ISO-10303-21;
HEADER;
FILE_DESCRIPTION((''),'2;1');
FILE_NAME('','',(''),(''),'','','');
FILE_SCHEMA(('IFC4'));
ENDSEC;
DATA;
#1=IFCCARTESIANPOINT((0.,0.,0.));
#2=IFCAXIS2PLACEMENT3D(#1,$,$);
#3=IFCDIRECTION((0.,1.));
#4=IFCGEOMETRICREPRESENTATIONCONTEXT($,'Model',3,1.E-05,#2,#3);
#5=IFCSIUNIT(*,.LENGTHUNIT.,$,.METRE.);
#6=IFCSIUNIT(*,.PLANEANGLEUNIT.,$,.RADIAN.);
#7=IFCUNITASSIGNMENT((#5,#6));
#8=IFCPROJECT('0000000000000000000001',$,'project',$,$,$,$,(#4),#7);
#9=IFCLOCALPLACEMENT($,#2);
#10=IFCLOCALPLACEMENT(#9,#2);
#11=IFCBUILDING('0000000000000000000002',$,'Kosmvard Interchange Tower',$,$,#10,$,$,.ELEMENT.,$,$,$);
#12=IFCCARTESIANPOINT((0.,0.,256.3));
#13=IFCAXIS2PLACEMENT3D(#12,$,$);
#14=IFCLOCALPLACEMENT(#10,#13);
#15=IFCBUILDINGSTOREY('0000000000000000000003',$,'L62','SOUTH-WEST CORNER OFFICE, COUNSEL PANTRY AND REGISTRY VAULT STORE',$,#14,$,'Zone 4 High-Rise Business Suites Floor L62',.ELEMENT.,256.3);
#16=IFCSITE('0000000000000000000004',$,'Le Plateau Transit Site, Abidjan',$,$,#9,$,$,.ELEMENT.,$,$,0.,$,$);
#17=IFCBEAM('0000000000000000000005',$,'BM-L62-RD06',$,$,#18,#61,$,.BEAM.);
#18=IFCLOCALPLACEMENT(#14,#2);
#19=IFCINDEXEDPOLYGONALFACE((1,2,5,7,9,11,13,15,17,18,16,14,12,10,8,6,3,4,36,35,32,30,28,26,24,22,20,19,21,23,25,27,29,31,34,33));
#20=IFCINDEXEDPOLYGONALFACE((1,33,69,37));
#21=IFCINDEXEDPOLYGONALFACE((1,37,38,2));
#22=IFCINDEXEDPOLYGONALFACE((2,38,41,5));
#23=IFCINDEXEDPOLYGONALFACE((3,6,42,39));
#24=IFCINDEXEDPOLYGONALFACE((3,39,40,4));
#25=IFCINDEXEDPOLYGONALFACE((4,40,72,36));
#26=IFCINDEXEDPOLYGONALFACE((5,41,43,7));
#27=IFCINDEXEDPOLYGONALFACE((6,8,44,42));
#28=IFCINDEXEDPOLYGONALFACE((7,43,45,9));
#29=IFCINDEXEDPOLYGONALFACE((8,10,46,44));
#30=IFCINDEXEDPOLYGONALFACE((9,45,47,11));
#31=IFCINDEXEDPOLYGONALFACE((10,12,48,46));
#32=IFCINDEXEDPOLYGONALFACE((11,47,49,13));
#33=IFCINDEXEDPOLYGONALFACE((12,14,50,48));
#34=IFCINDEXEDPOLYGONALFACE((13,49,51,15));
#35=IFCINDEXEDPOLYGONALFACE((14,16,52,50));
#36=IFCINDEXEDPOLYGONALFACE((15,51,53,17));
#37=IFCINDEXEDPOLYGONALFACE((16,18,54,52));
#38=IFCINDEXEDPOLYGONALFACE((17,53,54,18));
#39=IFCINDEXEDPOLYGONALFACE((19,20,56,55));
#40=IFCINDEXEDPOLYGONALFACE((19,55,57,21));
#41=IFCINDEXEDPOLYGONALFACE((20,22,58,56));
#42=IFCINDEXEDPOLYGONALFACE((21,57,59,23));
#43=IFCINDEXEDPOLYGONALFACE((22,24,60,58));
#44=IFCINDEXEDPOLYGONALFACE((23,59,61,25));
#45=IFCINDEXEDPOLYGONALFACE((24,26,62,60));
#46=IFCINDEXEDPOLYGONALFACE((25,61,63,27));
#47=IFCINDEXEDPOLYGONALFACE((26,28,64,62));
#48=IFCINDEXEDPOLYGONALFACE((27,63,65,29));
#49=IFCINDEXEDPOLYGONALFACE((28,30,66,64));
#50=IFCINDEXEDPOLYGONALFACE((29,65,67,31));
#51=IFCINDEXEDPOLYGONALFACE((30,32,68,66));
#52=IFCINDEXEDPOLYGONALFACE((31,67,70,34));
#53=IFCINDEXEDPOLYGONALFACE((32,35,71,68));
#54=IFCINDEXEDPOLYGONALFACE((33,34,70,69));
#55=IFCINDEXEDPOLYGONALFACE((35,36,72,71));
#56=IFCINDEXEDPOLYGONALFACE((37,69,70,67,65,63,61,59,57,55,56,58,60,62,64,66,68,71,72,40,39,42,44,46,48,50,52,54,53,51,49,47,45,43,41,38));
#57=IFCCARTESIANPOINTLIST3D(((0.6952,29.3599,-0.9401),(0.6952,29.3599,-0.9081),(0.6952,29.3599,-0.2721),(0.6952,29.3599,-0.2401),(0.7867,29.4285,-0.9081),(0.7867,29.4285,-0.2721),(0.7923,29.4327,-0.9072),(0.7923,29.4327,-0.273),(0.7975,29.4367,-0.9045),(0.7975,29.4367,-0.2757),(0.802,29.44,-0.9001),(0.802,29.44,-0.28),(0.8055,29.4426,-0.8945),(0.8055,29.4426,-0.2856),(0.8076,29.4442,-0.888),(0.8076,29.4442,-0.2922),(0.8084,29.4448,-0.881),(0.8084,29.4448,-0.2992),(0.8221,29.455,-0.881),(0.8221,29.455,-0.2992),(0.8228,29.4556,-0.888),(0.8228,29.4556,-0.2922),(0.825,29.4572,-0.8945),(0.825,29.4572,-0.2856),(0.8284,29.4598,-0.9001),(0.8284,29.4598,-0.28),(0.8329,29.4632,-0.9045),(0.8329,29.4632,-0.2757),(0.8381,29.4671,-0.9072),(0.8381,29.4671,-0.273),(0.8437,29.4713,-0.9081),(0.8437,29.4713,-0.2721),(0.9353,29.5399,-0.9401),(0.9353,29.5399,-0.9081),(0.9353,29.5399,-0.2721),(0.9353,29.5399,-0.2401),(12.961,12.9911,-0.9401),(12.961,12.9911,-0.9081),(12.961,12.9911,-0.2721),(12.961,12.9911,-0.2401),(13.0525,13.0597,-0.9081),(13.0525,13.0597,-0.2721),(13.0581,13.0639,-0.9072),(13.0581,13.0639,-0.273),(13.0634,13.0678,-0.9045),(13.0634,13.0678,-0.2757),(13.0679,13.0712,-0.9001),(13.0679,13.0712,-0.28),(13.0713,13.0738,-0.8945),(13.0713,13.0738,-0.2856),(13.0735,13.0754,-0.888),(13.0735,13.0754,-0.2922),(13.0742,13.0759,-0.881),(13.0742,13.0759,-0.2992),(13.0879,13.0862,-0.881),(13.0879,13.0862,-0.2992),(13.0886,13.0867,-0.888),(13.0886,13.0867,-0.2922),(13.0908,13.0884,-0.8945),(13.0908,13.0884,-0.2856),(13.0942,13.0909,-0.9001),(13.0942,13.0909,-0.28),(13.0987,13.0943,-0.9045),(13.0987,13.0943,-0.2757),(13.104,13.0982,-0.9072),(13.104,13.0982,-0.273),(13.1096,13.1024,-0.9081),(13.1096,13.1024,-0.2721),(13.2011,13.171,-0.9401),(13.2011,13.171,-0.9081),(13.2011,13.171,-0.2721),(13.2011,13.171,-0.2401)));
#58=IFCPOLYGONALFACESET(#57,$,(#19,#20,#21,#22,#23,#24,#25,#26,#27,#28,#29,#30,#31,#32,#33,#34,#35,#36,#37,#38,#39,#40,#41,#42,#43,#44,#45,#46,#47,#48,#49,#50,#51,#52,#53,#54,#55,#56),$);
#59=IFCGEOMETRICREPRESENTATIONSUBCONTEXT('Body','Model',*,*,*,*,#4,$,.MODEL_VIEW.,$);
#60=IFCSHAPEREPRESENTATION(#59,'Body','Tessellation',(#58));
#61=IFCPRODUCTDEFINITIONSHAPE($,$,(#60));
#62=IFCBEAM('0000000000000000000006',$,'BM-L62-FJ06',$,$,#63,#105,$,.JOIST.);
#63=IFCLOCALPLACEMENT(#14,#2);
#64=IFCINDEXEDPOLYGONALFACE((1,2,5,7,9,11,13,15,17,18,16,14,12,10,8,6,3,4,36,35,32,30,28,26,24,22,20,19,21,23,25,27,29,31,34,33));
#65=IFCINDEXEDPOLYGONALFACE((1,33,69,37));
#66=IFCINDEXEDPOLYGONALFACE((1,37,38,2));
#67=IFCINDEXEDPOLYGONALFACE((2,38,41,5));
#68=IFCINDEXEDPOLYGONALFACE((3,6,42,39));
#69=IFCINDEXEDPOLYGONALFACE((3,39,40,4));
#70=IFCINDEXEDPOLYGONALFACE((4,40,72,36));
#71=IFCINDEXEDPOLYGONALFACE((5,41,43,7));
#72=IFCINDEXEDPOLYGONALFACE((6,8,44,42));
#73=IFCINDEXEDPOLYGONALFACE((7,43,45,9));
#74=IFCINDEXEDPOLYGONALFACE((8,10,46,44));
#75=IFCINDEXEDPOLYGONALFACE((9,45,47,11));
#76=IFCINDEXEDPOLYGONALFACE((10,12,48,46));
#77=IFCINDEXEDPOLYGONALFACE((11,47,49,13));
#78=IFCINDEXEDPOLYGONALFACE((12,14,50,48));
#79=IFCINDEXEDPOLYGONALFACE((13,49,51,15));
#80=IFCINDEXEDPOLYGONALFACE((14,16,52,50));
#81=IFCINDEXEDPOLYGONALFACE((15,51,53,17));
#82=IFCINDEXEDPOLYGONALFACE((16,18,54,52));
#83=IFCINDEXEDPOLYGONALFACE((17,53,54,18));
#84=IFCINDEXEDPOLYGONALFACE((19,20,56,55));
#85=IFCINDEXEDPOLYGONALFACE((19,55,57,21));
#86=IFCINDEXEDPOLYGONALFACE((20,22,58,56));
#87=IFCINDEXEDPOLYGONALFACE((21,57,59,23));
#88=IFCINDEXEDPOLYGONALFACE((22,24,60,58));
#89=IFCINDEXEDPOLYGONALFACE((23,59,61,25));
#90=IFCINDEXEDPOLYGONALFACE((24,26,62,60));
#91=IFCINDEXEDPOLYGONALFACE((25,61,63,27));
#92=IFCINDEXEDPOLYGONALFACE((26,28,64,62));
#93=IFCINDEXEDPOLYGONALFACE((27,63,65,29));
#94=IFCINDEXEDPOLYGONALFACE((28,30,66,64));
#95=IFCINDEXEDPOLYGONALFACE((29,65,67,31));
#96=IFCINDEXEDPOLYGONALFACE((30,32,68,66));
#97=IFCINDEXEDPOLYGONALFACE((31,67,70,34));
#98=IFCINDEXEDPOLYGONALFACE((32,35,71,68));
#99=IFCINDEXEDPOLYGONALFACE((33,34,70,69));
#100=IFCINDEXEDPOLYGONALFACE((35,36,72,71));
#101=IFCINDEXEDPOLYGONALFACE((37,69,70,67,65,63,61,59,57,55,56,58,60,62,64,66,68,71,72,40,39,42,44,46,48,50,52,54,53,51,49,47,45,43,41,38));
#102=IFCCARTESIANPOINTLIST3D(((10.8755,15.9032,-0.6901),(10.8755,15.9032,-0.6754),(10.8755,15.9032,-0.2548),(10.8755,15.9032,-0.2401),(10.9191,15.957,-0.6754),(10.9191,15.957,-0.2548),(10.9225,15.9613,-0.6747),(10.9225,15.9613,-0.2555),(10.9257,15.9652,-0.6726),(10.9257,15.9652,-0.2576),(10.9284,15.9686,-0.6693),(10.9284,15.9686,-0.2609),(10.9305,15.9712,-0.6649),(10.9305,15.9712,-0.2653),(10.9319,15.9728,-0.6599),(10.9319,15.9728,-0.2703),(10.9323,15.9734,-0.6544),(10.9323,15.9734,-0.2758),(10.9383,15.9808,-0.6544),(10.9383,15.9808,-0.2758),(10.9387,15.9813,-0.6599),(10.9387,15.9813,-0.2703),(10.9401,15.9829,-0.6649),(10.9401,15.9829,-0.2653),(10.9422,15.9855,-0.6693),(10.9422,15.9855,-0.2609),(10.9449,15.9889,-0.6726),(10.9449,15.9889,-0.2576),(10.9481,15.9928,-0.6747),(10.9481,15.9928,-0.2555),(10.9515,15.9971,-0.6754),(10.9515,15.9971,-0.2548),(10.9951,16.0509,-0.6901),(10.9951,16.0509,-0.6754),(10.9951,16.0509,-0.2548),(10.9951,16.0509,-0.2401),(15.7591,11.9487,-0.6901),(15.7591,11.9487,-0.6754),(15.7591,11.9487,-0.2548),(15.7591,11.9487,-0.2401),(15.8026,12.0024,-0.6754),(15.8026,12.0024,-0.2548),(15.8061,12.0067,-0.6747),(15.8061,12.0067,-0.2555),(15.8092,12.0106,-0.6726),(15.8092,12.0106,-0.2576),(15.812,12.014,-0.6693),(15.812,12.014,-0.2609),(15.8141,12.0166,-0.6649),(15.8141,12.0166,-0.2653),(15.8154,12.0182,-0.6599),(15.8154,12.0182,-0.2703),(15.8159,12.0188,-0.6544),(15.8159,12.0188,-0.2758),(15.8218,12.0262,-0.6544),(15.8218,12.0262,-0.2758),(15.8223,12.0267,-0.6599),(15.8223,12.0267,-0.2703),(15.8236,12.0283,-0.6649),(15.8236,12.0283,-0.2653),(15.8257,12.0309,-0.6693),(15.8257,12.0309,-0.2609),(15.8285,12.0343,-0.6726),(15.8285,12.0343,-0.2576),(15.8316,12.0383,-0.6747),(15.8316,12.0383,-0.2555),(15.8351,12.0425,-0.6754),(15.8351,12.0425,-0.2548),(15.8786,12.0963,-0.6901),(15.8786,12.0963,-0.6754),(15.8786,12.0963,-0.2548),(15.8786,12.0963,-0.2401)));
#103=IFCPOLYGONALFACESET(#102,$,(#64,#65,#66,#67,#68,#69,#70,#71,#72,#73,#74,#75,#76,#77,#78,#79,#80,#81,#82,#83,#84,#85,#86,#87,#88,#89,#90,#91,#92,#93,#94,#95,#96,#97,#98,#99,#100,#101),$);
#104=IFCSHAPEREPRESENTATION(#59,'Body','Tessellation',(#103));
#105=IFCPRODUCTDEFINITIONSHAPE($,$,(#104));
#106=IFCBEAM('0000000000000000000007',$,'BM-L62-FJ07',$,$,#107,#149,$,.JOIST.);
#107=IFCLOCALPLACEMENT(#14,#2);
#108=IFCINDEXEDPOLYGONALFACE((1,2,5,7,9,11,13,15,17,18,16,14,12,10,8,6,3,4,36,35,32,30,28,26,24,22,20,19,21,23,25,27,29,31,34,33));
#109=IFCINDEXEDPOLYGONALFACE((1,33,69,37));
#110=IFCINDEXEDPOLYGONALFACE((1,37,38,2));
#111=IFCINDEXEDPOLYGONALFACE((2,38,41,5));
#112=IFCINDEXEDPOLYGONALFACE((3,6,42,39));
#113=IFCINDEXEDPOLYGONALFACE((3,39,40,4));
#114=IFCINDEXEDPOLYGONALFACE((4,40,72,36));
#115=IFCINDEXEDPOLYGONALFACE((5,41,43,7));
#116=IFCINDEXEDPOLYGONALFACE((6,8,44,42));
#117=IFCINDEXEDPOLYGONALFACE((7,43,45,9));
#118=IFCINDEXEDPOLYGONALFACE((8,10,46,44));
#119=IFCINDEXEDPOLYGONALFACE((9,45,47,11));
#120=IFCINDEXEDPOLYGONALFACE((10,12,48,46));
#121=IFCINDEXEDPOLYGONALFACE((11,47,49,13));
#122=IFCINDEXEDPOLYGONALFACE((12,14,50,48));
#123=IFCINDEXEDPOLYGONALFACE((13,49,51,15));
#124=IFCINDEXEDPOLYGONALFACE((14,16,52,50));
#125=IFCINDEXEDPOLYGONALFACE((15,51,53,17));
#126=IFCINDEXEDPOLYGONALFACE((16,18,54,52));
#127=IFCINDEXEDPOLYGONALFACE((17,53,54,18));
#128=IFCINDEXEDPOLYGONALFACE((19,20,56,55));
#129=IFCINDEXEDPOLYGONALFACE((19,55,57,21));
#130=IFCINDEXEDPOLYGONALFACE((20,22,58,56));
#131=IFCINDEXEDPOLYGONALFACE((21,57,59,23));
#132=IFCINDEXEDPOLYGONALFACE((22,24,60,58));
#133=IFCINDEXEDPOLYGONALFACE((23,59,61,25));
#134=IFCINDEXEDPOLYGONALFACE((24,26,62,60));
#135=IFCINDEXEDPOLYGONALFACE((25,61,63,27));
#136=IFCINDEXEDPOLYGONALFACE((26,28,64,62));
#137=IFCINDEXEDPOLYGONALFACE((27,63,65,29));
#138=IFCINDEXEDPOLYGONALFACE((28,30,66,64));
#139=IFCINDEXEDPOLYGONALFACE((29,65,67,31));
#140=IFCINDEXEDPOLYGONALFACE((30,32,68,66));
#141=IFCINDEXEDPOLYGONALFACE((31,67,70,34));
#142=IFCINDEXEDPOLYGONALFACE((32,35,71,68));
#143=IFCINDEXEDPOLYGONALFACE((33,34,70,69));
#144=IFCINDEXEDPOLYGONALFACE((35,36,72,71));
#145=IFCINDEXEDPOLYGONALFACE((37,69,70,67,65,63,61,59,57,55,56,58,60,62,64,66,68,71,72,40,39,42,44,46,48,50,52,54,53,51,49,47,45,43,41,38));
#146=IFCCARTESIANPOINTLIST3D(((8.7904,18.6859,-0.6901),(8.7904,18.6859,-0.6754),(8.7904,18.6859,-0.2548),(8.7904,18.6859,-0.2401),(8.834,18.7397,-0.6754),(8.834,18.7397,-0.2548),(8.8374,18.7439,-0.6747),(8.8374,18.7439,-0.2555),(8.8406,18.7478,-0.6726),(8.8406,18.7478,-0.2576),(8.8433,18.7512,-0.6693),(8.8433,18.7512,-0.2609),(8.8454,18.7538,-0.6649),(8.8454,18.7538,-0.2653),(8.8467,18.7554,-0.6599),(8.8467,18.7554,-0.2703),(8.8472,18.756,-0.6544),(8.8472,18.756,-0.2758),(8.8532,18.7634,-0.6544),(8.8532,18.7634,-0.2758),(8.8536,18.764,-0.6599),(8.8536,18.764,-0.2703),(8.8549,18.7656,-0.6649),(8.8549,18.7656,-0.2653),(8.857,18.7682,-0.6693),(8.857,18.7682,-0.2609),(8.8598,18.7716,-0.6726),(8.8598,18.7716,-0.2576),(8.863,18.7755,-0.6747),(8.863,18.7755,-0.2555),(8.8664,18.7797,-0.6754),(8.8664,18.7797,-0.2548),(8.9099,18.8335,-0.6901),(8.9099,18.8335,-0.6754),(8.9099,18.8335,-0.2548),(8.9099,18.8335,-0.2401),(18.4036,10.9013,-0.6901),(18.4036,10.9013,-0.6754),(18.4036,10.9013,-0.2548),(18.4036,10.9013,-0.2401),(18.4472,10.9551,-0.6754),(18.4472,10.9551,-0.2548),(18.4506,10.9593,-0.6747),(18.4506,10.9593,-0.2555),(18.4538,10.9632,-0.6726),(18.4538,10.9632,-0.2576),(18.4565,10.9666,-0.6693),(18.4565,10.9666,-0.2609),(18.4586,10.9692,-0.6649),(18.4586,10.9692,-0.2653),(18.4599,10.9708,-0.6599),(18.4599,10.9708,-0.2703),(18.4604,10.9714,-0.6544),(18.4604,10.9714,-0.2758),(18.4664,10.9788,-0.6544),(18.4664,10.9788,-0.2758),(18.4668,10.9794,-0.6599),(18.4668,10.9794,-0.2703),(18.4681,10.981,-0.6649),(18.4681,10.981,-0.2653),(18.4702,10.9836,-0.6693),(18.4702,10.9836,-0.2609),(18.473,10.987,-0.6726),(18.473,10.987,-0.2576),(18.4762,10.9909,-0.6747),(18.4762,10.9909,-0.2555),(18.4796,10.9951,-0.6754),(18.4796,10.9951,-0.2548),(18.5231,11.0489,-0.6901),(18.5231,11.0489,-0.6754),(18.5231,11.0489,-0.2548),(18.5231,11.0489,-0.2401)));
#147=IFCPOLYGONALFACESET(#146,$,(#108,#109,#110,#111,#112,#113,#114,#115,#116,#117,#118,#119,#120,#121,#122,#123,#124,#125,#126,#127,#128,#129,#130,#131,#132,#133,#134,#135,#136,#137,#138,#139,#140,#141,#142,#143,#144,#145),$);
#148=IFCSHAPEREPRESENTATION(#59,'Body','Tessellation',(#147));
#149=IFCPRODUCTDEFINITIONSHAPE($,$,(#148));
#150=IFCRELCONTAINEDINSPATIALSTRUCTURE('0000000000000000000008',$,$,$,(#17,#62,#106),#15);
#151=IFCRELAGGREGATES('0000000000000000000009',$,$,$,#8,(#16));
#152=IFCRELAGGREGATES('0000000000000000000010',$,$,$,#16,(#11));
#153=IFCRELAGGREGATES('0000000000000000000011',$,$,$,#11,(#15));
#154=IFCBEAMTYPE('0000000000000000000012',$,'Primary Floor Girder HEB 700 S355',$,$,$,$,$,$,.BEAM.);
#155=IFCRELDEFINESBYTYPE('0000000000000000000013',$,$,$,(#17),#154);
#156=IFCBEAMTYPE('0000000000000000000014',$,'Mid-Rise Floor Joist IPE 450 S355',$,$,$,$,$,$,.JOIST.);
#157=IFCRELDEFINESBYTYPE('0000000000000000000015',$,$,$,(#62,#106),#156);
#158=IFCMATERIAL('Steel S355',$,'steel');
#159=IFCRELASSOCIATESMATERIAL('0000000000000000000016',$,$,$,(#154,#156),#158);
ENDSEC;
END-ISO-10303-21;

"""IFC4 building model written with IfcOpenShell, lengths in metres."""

from ifc_helpers import new_model, si_unit, direction, frame, origin, origin_2d, place, context, subcontext, project, spatial, i_section, extrude, source, transform, mapped, material, material_profile, profile_set, type_object, element, save


model = new_model("IFC4")

# Units and contexts
model_context = context("Model", 3, precision=1e-05, world=origin(), true_north=direction((0.0, 1.0)))
body_context = subcontext(model_context, "Body", "Model", "MODEL_VIEW")
ifc_project = project(units=[si_unit("LENGTHUNIT", "METRE"), si_unit("PLANEANGLEUNIT", "RADIAN")], contexts=[model_context])

# Site, building, storey
site_placement = place(None, origin())
site = spatial("IfcSite", under=ifc_project, at=site_placement, Name="Le Plateau Transit Site, Abidjan", CompositionType="ELEMENT", RefElevation=0.0)
building_placement = place(site_placement, origin())
building = spatial("IfcBuilding", under=site, at=building_placement, Name="Kosmvard Interchange Tower", CompositionType="ELEMENT")
storey_placement = place(building_placement, frame((0.0, 0.0, 256.3)))
storey = spatial("IfcBuildingStorey", under=building, at=storey_placement, Name="L62", Description="SOUTH-WEST CORNER OFFICE, COUNSEL PANTRY AND REGISTRY VAULT STORE", LongName="Zone 4 High-Rise Business Suites Floor L62", CompositionType="ELEMENT", Elevation=256.3)

# Beams
ifc_material_1 = material(Name="Steel S355", Category="steel")
ifc_material_profile_1 = material_profile(ifc_material_1, i_section(OverallWidth=0.3, OverallDepth=0.7, WebThickness=0.0171, FlangeThickness=0.032, FilletRadius=0.0271, at=origin_2d()), Name="HEB 700")
ifc_profile_set_1 = profile_set([ifc_material_profile_1], Name="Steel S355")
beam_type_1 = type_object("IfcBeamType", Name="Primary Floor Girder HEB 700 S355", PredefinedType="BEAM", material=ifc_profile_set_1)
shared_shape_1 = source(origin(), body_context, "Body", "SweptSolid", [
    extrude(i_section(OverallWidth=0.3, OverallDepth=0.7, WebThickness=0.0171, FlangeThickness=0.032, FilletRadius=0.0271, at=origin_2d()), origin(), (0.0, 0.0, 1.0), 20.4546),
])
beam_1_placement = place(storey_placement, frame((13.0811, 13.0811, -0.5901), z_axis=(-0.599662, 0.800253, 0.0), x_axis=(-0.800253, -0.599662, 0.0)))
element("IfcBeam", 1, at=beam_1_placement, inside=storey, type_object=beam_type_1, Name="BM-L62-RD06", PredefinedType="BEAM", context=body_context, shape_type="MappedRepresentation", body=[
    mapped(shared_shape_1, transform((0.0, 0.0, 0.0), scale=1.0)),
])
ifc_material_profile_2 = material_profile(ifc_material_1, i_section(OverallWidth=0.1899, OverallDepth=0.45, WebThickness=0.0095, FlangeThickness=0.0146, FilletRadius=0.021, at=origin_2d()), Name="IPE 450")
ifc_profile_set_2 = profile_set([ifc_material_profile_2], Name="Steel S355")
beam_type_2 = type_object("IfcBeamType", Name="Mid-Rise Floor Joist IPE 450 S355", PredefinedType="JOIST", material=ifc_profile_set_2)
shared_shape_2 = source(origin(), body_context, "Body", "SweptSolid", [
    extrude(i_section(OverallWidth=0.1899, OverallDepth=0.45, WebThickness=0.0095, FlangeThickness=0.0146, FilletRadius=0.021, at=origin_2d()), origin(), (0.0, 0.0, 1.0), 6.2839),
])
beam_2_placement = place(storey_placement, frame((15.8188, 12.0225, -0.4651), z_axis=(-0.777148, 0.629318, 0.0), x_axis=(-0.629318, -0.777148, 0.0)))
element("IfcBeam", 2, at=beam_2_placement, inside=storey, type_object=beam_type_2, Name="BM-L62-FJ06", PredefinedType="JOIST", context=body_context, shape_type="MappedRepresentation", body=[
    mapped(shared_shape_2, transform((0.0, 0.0, 0.0), scale=1.0)),
])
shared_shape_3 = source(origin(), body_context, "Body", "SweptSolid", [
    extrude(i_section(OverallWidth=0.1899, OverallDepth=0.45, WebThickness=0.0095, FlangeThickness=0.0146, FilletRadius=0.021, at=origin_2d()), origin(), (0.0, 0.0, 1.0), 12.3699),
])
beam_3_placement = place(storey_placement, frame((18.4634, 10.9751, -0.4651), z_axis=(-0.777147, 0.62932, 0.0), x_axis=(-0.62932, -0.777147, 0.0)))
element("IfcBeam", 3, at=beam_3_placement, inside=storey, type_object=beam_type_2, Name="BM-L62-FJ07", PredefinedType="JOIST", context=body_context, shape_type="MappedRepresentation", body=[
    mapped(shared_shape_3, transform((0.0, 0.0, 0.0), scale=1.0)),
])

save(model, "model.ifc")
